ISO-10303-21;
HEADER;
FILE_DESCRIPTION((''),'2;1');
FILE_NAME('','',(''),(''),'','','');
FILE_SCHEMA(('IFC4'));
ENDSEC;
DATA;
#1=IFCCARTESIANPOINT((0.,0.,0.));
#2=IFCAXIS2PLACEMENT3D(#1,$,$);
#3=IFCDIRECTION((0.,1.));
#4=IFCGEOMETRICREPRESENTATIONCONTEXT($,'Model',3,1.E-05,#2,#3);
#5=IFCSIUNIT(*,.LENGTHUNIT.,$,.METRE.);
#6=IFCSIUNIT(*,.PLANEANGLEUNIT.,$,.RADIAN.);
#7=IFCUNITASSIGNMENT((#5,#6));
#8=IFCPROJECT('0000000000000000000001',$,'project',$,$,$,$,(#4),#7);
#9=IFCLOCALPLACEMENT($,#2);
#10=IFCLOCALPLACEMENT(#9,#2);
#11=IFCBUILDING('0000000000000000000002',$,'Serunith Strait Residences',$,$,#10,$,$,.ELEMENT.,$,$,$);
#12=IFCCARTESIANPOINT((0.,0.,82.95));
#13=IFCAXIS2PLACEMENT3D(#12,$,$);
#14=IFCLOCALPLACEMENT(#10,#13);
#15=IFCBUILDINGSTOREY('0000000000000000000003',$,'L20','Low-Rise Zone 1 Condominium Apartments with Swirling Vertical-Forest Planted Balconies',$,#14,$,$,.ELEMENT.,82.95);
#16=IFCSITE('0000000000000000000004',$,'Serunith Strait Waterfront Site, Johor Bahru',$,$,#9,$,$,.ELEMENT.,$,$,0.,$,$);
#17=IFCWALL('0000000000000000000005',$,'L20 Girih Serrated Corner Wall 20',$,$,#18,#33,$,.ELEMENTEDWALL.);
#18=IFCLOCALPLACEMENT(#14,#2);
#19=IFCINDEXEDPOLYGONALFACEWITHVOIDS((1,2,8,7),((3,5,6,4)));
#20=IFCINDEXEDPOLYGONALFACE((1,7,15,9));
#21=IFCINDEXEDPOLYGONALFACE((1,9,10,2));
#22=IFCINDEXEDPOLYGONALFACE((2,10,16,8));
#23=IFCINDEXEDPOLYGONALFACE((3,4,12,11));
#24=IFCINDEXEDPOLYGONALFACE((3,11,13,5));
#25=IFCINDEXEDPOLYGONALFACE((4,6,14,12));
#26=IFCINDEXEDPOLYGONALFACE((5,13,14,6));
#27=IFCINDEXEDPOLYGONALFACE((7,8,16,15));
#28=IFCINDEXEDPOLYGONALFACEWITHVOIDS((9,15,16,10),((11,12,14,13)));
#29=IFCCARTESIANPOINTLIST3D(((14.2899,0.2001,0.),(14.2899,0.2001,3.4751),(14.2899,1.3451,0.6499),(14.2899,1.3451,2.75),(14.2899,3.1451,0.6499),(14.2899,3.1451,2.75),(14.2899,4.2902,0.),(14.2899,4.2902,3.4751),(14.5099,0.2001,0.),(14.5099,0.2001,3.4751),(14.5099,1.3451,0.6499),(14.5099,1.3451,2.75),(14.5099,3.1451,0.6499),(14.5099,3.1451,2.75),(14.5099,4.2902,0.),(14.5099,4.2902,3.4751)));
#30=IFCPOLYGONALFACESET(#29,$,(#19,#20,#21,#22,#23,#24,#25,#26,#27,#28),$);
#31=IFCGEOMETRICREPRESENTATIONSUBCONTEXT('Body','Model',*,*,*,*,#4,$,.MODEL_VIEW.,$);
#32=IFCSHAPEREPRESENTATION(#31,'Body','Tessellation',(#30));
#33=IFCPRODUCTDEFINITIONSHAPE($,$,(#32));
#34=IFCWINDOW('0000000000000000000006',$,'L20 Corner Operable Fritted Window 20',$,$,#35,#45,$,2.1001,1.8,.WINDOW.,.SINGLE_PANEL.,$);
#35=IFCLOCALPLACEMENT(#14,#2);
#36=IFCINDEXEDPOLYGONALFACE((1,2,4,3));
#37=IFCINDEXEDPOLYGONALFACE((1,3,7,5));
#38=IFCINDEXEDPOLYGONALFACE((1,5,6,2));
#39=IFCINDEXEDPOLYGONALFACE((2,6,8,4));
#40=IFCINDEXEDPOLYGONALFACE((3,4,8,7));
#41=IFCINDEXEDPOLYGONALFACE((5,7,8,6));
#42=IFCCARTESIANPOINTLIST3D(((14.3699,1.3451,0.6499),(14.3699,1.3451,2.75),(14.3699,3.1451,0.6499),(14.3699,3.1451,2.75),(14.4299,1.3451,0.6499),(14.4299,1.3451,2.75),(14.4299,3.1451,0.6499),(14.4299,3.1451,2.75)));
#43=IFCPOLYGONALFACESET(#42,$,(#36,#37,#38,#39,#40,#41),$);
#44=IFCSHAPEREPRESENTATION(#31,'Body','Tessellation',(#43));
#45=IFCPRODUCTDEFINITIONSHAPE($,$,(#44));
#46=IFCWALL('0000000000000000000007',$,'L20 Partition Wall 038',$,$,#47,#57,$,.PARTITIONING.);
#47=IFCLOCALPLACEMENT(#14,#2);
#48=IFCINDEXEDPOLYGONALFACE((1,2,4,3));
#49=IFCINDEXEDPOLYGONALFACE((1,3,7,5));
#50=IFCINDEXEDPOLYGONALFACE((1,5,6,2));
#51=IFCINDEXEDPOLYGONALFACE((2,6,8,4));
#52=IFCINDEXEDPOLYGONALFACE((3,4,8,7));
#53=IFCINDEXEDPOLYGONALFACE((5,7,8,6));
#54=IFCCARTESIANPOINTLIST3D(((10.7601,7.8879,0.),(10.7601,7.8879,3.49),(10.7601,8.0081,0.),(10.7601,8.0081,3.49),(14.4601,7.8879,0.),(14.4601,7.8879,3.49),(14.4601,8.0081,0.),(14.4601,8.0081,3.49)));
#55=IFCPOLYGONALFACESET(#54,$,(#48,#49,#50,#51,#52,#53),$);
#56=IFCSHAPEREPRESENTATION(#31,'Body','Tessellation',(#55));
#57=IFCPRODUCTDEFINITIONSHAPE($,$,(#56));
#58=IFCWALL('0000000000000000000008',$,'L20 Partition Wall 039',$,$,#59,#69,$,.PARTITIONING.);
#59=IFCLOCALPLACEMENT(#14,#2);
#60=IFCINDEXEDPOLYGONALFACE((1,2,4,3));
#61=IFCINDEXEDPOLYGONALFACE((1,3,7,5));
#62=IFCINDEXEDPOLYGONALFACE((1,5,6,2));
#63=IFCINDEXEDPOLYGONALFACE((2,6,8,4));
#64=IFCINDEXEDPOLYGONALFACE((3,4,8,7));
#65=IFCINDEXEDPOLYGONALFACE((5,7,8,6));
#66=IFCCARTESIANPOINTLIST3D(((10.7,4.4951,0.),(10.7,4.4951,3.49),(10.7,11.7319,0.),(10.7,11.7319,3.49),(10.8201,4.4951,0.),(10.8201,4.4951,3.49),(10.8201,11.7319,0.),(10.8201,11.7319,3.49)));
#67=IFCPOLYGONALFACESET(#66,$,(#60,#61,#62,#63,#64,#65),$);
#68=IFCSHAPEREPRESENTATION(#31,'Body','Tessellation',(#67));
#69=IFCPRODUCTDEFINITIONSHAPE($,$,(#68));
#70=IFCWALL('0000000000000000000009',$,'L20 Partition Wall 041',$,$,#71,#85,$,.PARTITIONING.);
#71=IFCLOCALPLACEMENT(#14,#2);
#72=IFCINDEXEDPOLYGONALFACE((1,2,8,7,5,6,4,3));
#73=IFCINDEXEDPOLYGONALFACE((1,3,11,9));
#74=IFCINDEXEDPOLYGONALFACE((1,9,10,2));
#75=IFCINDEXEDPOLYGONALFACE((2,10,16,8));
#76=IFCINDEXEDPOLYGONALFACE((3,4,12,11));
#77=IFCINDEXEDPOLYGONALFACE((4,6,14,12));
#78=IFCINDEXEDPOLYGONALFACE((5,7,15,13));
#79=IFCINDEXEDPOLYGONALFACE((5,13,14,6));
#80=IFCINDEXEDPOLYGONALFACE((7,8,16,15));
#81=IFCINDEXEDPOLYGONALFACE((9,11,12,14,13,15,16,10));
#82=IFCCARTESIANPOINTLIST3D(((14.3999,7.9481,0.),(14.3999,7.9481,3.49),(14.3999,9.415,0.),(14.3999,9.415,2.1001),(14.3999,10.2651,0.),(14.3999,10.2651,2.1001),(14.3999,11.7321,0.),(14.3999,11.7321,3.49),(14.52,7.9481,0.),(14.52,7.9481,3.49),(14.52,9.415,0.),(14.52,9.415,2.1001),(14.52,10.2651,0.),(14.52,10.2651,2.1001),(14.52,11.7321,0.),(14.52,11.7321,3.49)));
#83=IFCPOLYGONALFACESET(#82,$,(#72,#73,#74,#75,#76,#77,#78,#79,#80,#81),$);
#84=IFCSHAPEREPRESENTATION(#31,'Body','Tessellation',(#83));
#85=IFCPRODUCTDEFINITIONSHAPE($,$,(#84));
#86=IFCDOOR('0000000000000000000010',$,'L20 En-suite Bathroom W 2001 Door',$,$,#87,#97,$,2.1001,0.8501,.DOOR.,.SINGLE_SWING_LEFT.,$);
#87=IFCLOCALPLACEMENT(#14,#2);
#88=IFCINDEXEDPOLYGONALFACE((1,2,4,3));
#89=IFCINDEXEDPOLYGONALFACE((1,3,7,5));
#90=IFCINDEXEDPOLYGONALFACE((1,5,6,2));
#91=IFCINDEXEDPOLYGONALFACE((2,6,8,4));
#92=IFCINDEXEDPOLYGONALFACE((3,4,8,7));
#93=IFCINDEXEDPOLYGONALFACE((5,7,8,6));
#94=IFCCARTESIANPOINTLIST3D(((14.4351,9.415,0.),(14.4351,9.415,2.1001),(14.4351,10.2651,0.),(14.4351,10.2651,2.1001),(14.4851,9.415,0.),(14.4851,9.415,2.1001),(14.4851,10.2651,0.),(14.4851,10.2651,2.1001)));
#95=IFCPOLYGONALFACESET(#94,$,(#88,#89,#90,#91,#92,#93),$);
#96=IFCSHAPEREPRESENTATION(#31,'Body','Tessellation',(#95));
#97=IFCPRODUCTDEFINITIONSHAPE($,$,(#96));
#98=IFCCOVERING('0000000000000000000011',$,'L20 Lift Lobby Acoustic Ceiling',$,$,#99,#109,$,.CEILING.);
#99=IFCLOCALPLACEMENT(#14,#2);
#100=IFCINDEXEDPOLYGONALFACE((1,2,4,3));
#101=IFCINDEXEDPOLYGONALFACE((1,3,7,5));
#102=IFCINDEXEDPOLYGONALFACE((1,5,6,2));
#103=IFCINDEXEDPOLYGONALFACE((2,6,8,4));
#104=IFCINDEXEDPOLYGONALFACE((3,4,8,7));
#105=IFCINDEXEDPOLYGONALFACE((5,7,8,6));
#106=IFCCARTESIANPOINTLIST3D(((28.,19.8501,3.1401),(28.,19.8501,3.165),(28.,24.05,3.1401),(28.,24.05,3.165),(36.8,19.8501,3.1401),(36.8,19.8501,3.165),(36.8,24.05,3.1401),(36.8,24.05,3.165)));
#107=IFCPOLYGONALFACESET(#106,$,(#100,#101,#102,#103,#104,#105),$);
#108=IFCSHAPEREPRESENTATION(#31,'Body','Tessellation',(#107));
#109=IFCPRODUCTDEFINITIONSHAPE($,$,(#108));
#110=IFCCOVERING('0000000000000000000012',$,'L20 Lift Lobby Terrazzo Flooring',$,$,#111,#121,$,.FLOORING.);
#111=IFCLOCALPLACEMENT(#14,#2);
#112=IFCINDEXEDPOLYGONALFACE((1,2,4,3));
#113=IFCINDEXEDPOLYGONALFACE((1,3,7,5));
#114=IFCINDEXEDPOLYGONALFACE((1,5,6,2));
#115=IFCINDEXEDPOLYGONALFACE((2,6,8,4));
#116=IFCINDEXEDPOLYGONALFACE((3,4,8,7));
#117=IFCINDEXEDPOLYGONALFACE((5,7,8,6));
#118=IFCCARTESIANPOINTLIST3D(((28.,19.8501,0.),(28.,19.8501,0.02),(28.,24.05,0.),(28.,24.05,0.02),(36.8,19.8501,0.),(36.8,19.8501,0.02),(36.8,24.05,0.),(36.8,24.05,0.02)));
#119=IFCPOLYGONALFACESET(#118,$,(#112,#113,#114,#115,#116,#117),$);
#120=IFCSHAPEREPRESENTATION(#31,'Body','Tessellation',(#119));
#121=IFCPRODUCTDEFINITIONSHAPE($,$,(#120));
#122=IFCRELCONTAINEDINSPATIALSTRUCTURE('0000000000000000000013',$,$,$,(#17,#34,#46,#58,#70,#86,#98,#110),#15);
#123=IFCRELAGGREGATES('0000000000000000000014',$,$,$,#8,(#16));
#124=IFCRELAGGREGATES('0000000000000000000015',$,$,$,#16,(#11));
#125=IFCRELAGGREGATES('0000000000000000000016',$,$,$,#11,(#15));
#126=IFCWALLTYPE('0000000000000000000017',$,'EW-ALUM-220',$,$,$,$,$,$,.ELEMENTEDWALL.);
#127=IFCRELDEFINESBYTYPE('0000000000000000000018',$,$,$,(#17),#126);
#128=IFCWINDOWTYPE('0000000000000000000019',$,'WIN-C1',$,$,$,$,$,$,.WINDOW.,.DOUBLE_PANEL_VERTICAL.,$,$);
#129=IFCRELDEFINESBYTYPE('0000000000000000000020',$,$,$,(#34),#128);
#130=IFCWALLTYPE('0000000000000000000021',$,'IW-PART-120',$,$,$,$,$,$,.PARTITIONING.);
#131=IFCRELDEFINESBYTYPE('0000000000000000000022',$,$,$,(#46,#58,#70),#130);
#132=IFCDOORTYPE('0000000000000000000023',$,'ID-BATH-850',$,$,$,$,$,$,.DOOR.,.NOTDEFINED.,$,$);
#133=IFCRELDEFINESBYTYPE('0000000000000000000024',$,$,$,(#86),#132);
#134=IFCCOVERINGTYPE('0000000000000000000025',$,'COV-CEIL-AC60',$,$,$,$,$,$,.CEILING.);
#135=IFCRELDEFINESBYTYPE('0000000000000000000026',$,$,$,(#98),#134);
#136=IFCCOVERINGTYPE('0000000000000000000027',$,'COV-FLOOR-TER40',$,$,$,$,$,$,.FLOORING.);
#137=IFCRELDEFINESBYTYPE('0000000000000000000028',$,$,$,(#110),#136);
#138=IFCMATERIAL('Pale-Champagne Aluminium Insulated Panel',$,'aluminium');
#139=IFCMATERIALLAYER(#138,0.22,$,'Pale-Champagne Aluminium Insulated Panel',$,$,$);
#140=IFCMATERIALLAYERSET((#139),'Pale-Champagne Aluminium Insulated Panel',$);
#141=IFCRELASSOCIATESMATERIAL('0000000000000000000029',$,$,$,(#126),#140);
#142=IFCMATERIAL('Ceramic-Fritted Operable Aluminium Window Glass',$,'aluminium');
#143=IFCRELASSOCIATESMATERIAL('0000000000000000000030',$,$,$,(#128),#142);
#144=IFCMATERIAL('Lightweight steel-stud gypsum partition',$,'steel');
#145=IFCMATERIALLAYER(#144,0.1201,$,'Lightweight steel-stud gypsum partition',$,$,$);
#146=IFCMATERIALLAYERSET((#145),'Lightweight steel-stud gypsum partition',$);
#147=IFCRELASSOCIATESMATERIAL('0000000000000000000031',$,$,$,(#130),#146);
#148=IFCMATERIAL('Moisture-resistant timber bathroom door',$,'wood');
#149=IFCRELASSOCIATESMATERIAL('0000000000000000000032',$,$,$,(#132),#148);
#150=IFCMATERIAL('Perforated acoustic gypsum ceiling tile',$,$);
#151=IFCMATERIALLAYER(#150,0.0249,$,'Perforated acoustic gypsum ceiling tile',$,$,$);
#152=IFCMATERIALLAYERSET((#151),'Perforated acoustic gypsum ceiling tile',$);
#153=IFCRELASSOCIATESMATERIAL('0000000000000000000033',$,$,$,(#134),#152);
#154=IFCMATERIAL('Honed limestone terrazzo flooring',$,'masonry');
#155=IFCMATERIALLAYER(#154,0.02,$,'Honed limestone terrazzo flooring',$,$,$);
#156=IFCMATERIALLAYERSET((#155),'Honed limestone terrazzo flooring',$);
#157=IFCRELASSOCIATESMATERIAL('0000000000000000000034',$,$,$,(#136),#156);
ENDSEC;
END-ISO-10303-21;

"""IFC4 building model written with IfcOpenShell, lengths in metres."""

from ifc_helpers import new_model, si_unit, direction, frame, frame_2d, origin, place, context, subcontext, project, spatial, polyline, rectangle, outline, extrude, source, transform, mapped, material, layer, layer_set, type_object, element, fill, save


model = new_model("IFC4")

# Units and contexts
model_context = context("Model", 3, precision=1e-05, world=origin(), true_north=direction((0.0, 1.0)))
body_context = subcontext(model_context, "Body", "Model", "MODEL_VIEW")
ifc_project = project(units=[si_unit("LENGTHUNIT", "METRE"), si_unit("PLANEANGLEUNIT", "RADIAN")], contexts=[model_context])

# Site, building, storey
site_placement = place(None, origin())
site = spatial("IfcSite", under=ifc_project, at=site_placement, Name="Serunith Strait Waterfront Site, Johor Bahru", CompositionType="ELEMENT", RefElevation=0.0)
building_placement = place(site_placement, origin())
building = spatial("IfcBuilding", under=site, at=building_placement, Name="Serunith Strait Residences", CompositionType="ELEMENT")
storey_placement = place(building_placement, frame((0.0, 0.0, 82.95)))
storey = spatial("IfcBuildingStorey", under=building, at=storey_placement, Name="L20", Description="Low-Rise Zone 1 Condominium Apartments with Swirling Vertical-Forest Planted Balconies", CompositionType="ELEMENT", Elevation=82.95)

# Wall, opening, window
ifc_material_1 = material(Name="Pale-Champagne Aluminium Insulated Panel", Category="aluminium")
ifc_layer_1 = layer(ifc_material_1, 0.22, Name="Pale-Champagne Aluminium Insulated Panel")
ifc_layer_set_1 = layer_set([ifc_layer_1], Name="Pale-Champagne Aluminium Insulated Panel")
wall_type_1 = type_object("IfcWallType", Name="EW-ALUM-220", PredefinedType="ELEMENTEDWALL", material=ifc_layer_set_1)
ifc_material_2 = material(Name="Ceramic-Fritted Operable Aluminium Window Glass", Category="aluminium")
window_type = type_object("IfcWindowType", Name="WIN-C1", PartitioningType="DOUBLE_PANEL_VERTICAL", PredefinedType="WINDOW", material=ifc_material_2)
shared_shape_1 = source(origin(), body_context, "Body", "SweptSolid", [
    extrude(rectangle(XDim=1.8, YDim=2.1001, at=frame_2d((0.8999, 1.05))), frame((0.0, 0.03, 0.0), z_axis=(0.0, -1.0, 0.0), x_axis=(1.0, 0.0, 0.0)), (0.0, 0.0, 1.0), 0.0601),
])
wall_1_placement = place(storey_placement, frame((14.3999, 4.29, 0.0), z_axis=(0.0, 0.0, 1.0), x_axis=(0.0, -1.0, 0.0)))
wall_1 = element("IfcWall", 1, at=wall_1_placement, inside=storey, type_object=wall_type_1, Name="L20 Girih Serrated Corner Wall 20", PredefinedType="ELEMENTEDWALL", context=body_context, shape_type="SweptSolid", body=[
    extrude(rectangle(XDim=4.0901, YDim=0.22, at=frame_2d((2.0449, 0.0))), origin(), (0.0, 0.0, 1.0), 3.4751),
])
opening_1_placement = place(wall_1_placement, frame((1.145, 0.0, 0.6499)))
opening_1 = element("IfcOpeningElement", 2, at=opening_1_placement, cuts=wall_1, PredefinedType="OPENING", context=body_context, shape_type="SweptSolid", body=[
    extrude(rectangle(XDim=1.8, YDim=2.1001, at=frame_2d((0.8999, 1.05))), frame((0.0, 0.1201, 0.0), z_axis=(0.0, -1.0, 0.0), x_axis=(1.0, 0.0, 0.0)), (0.0, 0.0, 1.0), 0.24),
])
window_1_placement = place(opening_1_placement, origin())
window_1 = element("IfcWindow", 3, at=window_1_placement, inside=storey, type_object=window_type, Name="L20 Corner Operable Fritted Window 20", OverallHeight=2.1001, OverallWidth=1.8, PartitioningType="SINGLE_PANEL", PredefinedType="WINDOW", context=body_context, shape_type="MappedRepresentation", body=[
    mapped(shared_shape_1, transform((0.0, 0.0, 0.0), scale=1.0)),
])
fill(opening_1, window_1)

# Walls
ifc_material_3 = material(Name="Lightweight steel-stud gypsum partition", Category="steel")
ifc_layer_2 = layer(ifc_material_3, 0.1201, Name="Lightweight steel-stud gypsum partition")
ifc_layer_set_2 = layer_set([ifc_layer_2], Name="Lightweight steel-stud gypsum partition")
wall_type_2 = type_object("IfcWallType", Name="IW-PART-120", PredefinedType="PARTITIONING", material=ifc_layer_set_2)
wall_2_placement = place(storey_placement, frame((10.76, 7.948, 0.0), z_axis=(0.0, 0.0, 1.0), x_axis=(1.0, 0.0, 0.0)))
element("IfcWall", 4, at=wall_2_placement, inside=storey, type_object=wall_type_2, Name="L20 Partition Wall 038", PredefinedType="PARTITIONING", context=body_context, shape_type="SweptSolid", body=[
    extrude(rectangle(XDim=3.7, YDim=0.1201, at=frame_2d((1.8501, 0.0))), origin(), (0.0, 0.0, 1.0), 3.49),
])
wall_3_placement = place(storey_placement, frame((10.76, 4.4951, 0.0), z_axis=(0.0, 0.0, 1.0), x_axis=(0.0, 1.0, 0.0)))
element("IfcWall", 5, at=wall_3_placement, inside=storey, type_object=wall_type_2, Name="L20 Partition Wall 039", PredefinedType="PARTITIONING", context=body_context, shape_type="SweptSolid", body=[
    extrude(rectangle(XDim=7.2368, YDim=0.1201, at=frame_2d((3.6184, 0.0))), origin(), (0.0, 0.0, 1.0), 3.49),
])

# Wall, opening, door
wall_4_placement = place(storey_placement, frame((14.46, 7.948, 0.0), z_axis=(0.0, 0.0, 1.0), x_axis=(0.0, 1.0, 0.0)))
wall_4 = element("IfcWall", 6, at=wall_4_placement, inside=storey, type_object=wall_type_2, Name="L20 Partition Wall 041", PredefinedType="PARTITIONING", context=body_context, shape_type="SweptSolid", body=[
    extrude(rectangle(XDim=3.7839, YDim=0.1201, at=frame_2d((1.8921, 0.0))), origin(), (0.0, 0.0, 1.0), 3.49),
])
opening_2_placement = place(wall_4_placement, frame((1.467, 0.0, 0.0)))
opening_2 = element("IfcOpeningElement", 7, at=opening_2_placement, cuts=wall_4, PredefinedType="OPENING", context=body_context, shape_type="SweptSolid", body=[
    extrude(rectangle(XDim=0.8501, YDim=2.1001, at=frame_2d((0.425, 1.05))), frame((0.0, 0.0701, 0.0), z_axis=(0.0, -1.0, 0.0), x_axis=(1.0, 0.0, 0.0)), (0.0, 0.0, 1.0), 0.1401),
])
ifc_material_4 = material(Name="Moisture-resistant timber bathroom door", Category="wood")
door_type = type_object("IfcDoorType", Name="ID-BATH-850", OperationType="NOTDEFINED", PredefinedType="DOOR", material=ifc_material_4)
shared_shape_2 = source(origin(), body_context, "Body", "SweptSolid", [
    extrude(rectangle(XDim=0.8501, YDim=2.1001, at=frame_2d((0.425, 1.05))), frame((0.0, 0.0249, 0.0), z_axis=(0.0, -1.0, 0.0), x_axis=(1.0, 0.0, 0.0)), (0.0, 0.0, 1.0), 0.05),
])
door_placement = place(opening_2_placement, origin())
door = element("IfcDoor", 8, at=door_placement, inside=storey, type_object=door_type, Name="L20 En-suite Bathroom W 2001 Door", OperationType="SINGLE_SWING_LEFT", OverallHeight=2.1001, OverallWidth=0.8501, PredefinedType="DOOR", context=body_context, shape_type="MappedRepresentation", body=[
    mapped(shared_shape_2, transform((0.0, 0.0, 0.0), scale=1.0)),
])
fill(opening_2, door)

# Coverings
ifc_material_5 = material(Name="Perforated acoustic gypsum ceiling tile")
ifc_layer_3 = layer(ifc_material_5, 0.0249, Name="Perforated acoustic gypsum ceiling tile")
ifc_layer_set_3 = layer_set([ifc_layer_3], Name="Perforated acoustic gypsum ceiling tile")
covering_type_1 = type_object("IfcCoveringType", Name="COV-CEIL-AC60", PredefinedType="CEILING", material=ifc_layer_set_3)
covering_1_placement = place(storey_placement, frame((0.0, 0.0, 3.1401)))
element("IfcCovering", 9, at=covering_1_placement, inside=storey, type_object=covering_type_1, Name="L20 Lift Lobby Acoustic Ceiling", PredefinedType="CEILING", context=body_context, shape_type="SweptSolid", body=[
    extrude(outline(polyline([(28.0, 19.8501), (36.8, 19.8501), (36.8, 24.05), (28.0, 24.05), (28.0, 19.8501)])), origin(), (0.0, 0.0, 1.0), 0.0249),
])
ifc_material_6 = material(Name="Honed limestone terrazzo flooring", Category="masonry")
ifc_layer_4 = layer(ifc_material_6, 0.02, Name="Honed limestone terrazzo flooring")
ifc_layer_set_4 = layer_set([ifc_layer_4], Name="Honed limestone terrazzo flooring")
covering_type_2 = type_object("IfcCoveringType", Name="COV-FLOOR-TER40", PredefinedType="FLOORING", material=ifc_layer_set_4)
covering_2_placement = place(storey_placement, origin())
element("IfcCovering", 10, at=covering_2_placement, inside=storey, type_object=covering_type_2, Name="L20 Lift Lobby Terrazzo Flooring", PredefinedType="FLOORING", context=body_context, shape_type="SweptSolid", body=[
    extrude(outline(polyline([(28.0, 19.8501), (36.8, 19.8501), (36.8, 24.05), (28.0, 24.05), (28.0, 19.8501)])), origin(), (0.0, 0.0, 1.0), 0.02),
])

save(model, "model.ifc")
